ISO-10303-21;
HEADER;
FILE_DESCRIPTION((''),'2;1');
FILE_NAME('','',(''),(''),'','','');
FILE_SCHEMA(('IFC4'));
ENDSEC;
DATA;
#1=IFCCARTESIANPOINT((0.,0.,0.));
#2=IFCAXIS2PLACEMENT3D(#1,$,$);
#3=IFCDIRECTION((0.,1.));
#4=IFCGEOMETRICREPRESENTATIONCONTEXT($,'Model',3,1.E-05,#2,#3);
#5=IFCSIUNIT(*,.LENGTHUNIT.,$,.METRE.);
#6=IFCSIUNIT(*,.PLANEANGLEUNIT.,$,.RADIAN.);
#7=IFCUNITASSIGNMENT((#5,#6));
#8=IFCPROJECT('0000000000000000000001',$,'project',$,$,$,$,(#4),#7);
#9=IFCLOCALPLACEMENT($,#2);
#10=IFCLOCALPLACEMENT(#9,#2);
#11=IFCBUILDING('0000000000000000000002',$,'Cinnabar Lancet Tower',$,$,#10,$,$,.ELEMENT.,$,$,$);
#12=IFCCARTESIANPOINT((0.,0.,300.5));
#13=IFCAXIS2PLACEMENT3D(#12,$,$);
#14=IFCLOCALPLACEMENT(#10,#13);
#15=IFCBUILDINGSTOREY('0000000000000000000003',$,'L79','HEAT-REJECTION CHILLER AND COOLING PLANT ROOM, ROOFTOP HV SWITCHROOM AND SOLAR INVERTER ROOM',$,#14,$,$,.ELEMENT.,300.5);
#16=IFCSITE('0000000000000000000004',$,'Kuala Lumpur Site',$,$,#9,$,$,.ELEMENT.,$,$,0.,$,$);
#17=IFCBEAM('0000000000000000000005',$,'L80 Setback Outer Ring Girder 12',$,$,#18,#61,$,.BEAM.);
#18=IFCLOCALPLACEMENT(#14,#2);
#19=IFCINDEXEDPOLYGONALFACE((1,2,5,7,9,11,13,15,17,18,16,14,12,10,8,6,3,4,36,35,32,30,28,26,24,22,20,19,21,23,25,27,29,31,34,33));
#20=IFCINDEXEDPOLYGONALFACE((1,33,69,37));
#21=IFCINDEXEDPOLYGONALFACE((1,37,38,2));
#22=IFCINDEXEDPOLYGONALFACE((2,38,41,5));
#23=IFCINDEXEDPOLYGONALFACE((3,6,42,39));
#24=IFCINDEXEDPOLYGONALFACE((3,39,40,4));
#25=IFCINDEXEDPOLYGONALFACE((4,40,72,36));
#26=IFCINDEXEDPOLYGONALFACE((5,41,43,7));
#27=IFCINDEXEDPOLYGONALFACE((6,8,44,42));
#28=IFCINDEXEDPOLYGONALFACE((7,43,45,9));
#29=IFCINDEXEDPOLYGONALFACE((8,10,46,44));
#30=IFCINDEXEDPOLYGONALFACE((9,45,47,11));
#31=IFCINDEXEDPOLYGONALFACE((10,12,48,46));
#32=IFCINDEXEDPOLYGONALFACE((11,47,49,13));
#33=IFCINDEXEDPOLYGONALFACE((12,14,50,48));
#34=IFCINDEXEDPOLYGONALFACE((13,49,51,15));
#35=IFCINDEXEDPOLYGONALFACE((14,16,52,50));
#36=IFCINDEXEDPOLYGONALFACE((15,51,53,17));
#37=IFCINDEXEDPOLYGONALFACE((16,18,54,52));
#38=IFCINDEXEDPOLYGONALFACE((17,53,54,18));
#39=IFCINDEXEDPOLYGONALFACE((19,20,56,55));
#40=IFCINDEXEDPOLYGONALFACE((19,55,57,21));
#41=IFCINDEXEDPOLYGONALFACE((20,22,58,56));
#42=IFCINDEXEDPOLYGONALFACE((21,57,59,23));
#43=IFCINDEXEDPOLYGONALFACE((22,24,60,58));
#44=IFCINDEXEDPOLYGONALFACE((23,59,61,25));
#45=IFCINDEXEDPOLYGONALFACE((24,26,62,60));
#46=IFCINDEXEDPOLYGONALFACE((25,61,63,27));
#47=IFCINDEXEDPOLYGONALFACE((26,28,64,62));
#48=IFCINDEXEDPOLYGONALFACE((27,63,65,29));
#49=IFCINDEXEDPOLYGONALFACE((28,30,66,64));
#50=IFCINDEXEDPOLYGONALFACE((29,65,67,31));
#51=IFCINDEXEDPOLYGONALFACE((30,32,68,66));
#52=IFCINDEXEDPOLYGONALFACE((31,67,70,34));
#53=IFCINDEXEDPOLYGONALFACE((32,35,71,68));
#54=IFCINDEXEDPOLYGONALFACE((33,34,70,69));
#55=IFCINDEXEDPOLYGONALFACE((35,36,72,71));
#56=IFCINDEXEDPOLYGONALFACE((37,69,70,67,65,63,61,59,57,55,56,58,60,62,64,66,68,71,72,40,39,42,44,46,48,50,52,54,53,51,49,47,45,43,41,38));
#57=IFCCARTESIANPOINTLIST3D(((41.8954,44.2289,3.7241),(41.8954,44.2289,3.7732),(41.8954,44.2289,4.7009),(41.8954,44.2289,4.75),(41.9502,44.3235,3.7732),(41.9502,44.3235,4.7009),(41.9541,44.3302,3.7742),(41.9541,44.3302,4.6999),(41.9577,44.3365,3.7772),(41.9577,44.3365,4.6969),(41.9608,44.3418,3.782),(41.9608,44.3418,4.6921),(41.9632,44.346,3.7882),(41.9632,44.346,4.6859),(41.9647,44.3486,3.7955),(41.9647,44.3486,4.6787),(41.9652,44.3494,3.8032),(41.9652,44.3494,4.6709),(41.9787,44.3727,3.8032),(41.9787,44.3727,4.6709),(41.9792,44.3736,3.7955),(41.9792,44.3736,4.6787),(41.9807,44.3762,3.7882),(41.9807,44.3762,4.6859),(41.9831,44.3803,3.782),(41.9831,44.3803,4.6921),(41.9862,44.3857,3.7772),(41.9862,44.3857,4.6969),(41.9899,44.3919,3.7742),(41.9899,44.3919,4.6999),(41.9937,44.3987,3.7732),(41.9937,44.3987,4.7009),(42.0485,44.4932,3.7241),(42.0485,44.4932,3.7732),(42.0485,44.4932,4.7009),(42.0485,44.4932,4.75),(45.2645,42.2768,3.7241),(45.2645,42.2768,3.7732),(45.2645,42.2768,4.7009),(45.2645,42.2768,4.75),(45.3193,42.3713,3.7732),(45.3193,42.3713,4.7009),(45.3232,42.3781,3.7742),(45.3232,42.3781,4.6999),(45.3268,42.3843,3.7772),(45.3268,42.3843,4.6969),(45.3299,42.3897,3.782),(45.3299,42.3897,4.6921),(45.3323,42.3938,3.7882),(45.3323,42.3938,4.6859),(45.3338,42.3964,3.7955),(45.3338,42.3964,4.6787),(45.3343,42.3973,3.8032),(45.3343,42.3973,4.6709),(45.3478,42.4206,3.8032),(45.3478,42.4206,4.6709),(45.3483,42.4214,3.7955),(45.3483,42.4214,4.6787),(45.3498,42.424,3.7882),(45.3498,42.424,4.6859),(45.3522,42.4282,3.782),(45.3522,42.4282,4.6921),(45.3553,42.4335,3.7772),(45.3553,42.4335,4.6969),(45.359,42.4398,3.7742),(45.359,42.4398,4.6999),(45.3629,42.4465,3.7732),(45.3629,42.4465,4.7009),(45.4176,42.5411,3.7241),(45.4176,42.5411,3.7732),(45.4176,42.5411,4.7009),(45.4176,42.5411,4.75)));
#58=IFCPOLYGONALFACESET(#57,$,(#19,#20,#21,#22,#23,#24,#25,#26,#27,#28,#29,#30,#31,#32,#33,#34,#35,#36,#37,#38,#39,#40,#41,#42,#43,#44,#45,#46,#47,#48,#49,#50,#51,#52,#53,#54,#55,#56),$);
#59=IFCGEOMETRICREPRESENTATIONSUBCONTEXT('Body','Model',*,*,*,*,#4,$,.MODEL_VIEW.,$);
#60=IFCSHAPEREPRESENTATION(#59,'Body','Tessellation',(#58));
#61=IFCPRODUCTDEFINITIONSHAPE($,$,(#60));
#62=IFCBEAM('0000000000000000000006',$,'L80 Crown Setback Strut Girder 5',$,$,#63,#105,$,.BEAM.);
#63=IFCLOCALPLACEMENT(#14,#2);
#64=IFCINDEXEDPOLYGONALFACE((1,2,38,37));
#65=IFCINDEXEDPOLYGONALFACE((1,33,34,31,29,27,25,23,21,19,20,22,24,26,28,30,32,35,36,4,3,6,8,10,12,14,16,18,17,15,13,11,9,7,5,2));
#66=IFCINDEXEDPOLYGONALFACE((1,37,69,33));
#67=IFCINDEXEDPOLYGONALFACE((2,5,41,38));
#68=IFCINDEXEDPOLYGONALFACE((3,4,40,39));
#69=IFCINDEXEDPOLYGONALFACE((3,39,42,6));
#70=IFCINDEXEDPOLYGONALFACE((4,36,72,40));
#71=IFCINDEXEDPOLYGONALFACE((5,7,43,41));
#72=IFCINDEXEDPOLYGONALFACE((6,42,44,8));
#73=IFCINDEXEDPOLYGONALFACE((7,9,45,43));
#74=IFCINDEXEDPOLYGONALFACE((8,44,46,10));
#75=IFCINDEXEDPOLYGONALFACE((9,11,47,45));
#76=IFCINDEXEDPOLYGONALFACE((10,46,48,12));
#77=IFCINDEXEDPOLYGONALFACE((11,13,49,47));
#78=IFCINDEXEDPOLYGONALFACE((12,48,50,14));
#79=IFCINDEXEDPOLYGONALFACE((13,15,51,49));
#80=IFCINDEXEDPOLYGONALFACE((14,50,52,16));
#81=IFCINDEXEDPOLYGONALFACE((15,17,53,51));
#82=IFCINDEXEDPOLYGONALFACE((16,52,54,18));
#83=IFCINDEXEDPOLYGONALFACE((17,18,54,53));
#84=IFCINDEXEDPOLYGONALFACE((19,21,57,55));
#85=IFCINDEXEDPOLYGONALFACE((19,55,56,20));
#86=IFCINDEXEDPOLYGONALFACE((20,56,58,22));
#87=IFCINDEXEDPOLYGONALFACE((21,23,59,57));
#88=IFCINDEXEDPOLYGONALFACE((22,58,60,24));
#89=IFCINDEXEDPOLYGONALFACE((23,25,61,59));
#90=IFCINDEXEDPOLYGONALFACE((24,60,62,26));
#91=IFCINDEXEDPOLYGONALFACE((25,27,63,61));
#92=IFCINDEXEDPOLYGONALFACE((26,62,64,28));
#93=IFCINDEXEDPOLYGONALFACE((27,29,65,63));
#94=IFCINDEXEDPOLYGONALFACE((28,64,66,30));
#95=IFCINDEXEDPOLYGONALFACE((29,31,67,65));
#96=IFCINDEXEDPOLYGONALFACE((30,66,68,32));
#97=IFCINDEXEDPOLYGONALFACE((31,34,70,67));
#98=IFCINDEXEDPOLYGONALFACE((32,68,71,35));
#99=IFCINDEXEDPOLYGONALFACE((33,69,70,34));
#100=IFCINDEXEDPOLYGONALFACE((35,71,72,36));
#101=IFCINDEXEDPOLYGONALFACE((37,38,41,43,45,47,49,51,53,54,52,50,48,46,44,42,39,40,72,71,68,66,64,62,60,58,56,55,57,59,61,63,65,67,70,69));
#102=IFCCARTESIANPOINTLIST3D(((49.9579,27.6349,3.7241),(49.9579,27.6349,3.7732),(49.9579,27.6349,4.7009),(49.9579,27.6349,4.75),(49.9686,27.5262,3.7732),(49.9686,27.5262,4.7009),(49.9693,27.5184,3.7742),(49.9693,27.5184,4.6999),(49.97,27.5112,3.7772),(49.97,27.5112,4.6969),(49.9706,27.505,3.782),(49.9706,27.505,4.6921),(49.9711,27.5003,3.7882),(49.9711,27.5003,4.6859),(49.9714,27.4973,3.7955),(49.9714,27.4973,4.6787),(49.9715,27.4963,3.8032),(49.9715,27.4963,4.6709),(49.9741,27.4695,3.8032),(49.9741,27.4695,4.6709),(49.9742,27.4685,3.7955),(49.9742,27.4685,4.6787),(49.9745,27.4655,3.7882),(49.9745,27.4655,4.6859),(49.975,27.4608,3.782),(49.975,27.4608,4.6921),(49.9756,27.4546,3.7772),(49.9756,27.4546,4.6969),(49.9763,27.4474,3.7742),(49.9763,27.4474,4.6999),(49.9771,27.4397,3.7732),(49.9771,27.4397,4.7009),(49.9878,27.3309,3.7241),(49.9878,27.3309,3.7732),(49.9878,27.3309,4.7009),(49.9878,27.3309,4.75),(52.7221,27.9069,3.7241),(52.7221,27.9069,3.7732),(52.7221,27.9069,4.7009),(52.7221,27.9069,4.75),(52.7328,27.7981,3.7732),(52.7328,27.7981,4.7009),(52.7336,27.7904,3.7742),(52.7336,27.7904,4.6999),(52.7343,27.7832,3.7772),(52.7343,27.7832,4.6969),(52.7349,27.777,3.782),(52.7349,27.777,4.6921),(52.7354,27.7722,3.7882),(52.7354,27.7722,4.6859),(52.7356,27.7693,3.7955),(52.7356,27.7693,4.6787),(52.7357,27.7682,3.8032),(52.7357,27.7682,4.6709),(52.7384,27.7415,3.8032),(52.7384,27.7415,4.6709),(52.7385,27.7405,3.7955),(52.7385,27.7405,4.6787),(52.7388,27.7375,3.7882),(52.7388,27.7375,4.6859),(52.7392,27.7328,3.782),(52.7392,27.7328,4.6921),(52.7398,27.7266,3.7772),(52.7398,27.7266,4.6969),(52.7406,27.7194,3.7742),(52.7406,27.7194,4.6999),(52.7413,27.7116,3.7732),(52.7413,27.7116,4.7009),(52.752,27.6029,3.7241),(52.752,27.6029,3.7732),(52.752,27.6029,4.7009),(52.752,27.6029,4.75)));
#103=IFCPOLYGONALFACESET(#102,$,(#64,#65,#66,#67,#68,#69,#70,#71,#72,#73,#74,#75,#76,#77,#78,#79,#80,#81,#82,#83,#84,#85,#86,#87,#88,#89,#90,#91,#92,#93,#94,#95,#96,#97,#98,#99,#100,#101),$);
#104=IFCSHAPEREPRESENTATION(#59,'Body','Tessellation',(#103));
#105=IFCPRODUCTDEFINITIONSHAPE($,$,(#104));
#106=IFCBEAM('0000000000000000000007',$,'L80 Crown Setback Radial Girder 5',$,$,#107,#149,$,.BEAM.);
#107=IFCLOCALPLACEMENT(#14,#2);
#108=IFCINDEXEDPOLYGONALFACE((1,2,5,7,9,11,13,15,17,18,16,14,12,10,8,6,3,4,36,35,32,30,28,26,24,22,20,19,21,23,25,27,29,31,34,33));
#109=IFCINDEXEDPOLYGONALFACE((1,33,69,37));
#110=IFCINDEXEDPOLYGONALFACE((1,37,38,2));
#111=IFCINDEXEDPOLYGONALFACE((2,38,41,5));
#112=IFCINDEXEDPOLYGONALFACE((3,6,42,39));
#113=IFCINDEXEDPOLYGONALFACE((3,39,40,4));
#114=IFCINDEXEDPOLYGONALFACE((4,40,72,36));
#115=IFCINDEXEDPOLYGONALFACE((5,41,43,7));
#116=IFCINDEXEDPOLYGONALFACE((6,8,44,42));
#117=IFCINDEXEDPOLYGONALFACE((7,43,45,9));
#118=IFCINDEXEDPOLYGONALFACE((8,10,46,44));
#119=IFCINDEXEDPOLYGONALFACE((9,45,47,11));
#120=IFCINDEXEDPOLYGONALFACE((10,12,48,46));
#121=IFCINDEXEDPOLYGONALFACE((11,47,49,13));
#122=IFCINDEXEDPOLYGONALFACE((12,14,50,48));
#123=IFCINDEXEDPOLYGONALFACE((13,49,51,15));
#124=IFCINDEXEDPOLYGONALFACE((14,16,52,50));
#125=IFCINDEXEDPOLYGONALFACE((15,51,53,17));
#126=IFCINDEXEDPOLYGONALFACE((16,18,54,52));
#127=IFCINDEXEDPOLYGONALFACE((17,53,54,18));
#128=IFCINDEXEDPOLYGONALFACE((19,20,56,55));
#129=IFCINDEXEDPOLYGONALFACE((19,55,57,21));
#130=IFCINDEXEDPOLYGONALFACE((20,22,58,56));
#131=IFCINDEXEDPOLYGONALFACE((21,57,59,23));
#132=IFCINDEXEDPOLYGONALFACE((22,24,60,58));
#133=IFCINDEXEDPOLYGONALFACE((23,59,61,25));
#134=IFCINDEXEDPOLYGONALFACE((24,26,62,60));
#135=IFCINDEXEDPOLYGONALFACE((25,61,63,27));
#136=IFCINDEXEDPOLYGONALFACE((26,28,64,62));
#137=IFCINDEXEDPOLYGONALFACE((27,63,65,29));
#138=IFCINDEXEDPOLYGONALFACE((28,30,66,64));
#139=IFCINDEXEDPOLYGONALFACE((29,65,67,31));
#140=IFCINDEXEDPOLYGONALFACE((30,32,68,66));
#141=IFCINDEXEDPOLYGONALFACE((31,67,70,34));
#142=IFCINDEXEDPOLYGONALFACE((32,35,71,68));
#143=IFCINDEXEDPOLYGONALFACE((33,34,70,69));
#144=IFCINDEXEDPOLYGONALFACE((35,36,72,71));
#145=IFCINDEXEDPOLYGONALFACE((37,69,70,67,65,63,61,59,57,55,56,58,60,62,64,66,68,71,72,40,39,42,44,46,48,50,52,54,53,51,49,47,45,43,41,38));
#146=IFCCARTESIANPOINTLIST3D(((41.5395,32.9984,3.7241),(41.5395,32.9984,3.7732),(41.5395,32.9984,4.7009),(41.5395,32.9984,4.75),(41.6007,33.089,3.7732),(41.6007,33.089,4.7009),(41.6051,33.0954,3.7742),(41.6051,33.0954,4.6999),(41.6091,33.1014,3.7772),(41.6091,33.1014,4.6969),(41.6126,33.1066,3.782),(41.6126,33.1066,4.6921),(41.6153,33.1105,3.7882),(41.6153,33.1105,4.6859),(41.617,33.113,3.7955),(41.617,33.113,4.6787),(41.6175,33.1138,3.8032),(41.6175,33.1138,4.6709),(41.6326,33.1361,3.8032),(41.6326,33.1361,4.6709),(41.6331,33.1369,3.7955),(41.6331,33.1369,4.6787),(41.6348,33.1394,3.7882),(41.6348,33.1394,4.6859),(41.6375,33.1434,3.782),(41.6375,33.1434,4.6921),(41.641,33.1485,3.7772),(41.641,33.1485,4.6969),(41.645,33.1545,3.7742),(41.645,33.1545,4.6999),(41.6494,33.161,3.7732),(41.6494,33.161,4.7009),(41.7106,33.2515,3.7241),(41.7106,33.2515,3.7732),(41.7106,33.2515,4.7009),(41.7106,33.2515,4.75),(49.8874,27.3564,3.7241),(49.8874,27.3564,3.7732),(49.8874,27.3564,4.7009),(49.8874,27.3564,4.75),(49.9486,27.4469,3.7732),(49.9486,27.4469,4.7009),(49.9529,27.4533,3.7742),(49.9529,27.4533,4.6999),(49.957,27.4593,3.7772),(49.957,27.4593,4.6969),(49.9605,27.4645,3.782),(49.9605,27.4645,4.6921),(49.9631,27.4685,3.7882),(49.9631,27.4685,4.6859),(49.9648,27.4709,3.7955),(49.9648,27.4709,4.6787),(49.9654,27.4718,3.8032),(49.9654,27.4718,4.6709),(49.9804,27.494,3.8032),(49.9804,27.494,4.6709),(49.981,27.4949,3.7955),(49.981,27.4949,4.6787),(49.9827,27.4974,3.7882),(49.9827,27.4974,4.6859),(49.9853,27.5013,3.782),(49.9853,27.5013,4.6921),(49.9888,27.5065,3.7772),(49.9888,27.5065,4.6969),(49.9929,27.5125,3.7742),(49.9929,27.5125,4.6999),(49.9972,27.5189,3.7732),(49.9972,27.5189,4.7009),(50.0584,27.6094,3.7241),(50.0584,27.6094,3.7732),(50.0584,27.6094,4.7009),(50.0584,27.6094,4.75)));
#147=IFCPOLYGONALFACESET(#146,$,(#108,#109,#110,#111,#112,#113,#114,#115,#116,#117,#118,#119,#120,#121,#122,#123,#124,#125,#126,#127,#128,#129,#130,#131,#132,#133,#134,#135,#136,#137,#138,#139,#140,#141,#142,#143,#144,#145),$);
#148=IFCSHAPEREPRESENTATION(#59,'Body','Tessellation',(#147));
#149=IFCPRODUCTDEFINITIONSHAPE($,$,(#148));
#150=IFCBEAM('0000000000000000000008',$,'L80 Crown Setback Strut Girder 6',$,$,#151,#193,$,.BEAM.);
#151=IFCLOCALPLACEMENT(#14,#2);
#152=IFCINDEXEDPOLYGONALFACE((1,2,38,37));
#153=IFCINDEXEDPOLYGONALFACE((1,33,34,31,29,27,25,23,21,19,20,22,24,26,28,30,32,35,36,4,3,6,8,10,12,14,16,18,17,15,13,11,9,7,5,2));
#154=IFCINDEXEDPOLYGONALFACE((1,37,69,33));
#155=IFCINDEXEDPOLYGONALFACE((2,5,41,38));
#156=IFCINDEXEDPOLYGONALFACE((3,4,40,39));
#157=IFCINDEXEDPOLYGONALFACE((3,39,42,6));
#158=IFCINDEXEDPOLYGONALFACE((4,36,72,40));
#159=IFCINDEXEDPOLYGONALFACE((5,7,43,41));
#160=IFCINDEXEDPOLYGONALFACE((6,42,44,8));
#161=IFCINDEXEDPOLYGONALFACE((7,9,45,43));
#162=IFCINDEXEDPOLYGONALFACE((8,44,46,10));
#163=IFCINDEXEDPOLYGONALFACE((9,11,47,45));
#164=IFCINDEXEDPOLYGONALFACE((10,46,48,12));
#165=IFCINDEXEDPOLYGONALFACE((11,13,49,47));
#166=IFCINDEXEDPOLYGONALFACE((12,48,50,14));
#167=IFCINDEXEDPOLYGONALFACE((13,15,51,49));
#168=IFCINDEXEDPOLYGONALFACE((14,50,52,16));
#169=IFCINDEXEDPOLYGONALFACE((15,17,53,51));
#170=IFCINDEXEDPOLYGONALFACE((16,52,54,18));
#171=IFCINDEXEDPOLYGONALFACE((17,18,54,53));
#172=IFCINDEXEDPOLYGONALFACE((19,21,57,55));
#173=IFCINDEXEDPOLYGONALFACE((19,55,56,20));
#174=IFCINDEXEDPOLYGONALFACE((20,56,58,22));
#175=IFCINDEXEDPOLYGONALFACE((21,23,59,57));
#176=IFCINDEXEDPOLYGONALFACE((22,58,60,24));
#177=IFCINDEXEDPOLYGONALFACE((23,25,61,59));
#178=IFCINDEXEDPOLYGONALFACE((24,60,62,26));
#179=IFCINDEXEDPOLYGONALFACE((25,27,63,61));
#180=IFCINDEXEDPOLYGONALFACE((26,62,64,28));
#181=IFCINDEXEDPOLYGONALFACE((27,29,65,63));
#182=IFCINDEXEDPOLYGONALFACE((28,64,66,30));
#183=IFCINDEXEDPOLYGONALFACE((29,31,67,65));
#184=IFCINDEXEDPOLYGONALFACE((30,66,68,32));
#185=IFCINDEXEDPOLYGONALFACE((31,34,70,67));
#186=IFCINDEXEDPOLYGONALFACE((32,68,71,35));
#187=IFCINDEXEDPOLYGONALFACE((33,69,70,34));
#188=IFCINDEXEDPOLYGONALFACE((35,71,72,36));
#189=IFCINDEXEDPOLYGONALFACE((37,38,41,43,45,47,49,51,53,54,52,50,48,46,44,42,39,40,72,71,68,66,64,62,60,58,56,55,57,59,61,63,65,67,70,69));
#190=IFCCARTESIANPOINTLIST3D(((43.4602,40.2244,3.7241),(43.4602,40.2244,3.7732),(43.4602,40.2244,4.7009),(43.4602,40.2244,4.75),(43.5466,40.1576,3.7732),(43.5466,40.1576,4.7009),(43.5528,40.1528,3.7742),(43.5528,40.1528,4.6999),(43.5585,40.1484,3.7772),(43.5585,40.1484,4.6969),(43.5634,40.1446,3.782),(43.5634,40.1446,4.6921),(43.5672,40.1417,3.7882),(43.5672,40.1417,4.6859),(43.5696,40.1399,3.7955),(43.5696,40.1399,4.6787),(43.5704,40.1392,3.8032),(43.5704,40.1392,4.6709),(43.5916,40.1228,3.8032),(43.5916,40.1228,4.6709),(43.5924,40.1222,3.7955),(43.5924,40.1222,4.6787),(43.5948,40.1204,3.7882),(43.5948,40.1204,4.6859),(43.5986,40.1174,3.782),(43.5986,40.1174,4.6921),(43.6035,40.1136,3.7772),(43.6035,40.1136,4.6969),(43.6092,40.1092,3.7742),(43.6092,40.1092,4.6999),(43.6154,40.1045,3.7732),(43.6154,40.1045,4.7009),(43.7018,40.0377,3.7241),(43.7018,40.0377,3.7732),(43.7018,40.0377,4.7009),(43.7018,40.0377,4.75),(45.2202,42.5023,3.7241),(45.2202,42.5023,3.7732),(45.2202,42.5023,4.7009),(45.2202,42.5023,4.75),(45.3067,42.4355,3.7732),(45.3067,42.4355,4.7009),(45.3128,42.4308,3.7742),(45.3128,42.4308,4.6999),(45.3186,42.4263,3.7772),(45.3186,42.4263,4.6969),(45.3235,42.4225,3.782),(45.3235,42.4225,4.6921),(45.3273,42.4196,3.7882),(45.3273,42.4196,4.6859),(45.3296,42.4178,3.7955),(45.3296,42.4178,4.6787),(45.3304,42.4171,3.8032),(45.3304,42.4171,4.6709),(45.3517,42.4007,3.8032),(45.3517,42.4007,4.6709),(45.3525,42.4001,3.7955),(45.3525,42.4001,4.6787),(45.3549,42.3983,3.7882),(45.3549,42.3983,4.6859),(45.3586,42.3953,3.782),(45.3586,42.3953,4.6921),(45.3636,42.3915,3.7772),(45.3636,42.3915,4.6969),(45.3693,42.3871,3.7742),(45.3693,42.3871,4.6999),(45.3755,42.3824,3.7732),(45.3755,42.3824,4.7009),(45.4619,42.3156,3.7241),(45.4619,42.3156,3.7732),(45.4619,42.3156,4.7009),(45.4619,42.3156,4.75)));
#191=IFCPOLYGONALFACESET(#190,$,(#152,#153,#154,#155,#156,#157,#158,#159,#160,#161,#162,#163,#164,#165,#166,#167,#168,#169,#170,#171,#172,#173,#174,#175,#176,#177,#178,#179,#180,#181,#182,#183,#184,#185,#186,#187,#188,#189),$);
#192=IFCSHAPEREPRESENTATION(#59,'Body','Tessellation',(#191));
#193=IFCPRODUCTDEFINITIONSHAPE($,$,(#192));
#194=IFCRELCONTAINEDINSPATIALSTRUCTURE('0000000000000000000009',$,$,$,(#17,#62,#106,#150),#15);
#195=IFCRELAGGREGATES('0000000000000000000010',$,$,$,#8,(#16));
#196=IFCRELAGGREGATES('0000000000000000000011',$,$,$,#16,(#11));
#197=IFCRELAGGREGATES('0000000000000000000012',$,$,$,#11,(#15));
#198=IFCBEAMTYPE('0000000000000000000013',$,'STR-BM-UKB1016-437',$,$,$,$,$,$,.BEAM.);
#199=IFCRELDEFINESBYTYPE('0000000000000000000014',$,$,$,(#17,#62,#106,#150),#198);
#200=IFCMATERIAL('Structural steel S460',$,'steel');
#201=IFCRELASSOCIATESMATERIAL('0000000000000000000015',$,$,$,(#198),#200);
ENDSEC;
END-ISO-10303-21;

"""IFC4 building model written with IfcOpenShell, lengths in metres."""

from ifc_helpers import new_model, si_unit, direction, frame, origin, origin_2d, place, context, subcontext, project, spatial, i_section, extrude, material, material_profile, profile_set, type_object, element, save


model = new_model("IFC4")

# Units and contexts
model_context = context("Model", 3, precision=1e-05, world=origin(), true_north=direction((0.0, 1.0)))
body_context = subcontext(model_context, "Body", "Model", "MODEL_VIEW")
ifc_project = project(units=[si_unit("LENGTHUNIT", "METRE"), si_unit("PLANEANGLEUNIT", "RADIAN")], contexts=[model_context])

# Site, building, storey
site_placement = place(None, origin())
site = spatial("IfcSite", under=ifc_project, at=site_placement, Name="Kuala Lumpur Site", CompositionType="ELEMENT", RefElevation=0.0)
building_placement = place(site_placement, origin())
building = spatial("IfcBuilding", under=site, at=building_placement, Name="Cinnabar Lancet Tower", CompositionType="ELEMENT")
storey_placement = place(building_placement, frame((0.0, 0.0, 300.5)))
storey = spatial("IfcBuildingStorey", under=building, at=storey_placement, Name="L79", Description="HEAT-REJECTION CHILLER AND COOLING PLANT ROOM, ROOFTOP HV SWITCHROOM AND SOLAR INVERTER ROOM", CompositionType="ELEMENT", Elevation=300.5)

# Beams
ifc_material_1 = material(Name="Structural steel S460", Category="steel")
ifc_material_profile_1 = material_profile(ifc_material_1, i_section(OverallWidth=0.3054, OverallDepth=1.0259, WebThickness=0.0269, FlangeThickness=0.0491, FilletRadius=0.03, at=origin_2d()), Name="UKB 1016x305x437")
ifc_profile_set_1 = profile_set([ifc_material_profile_1], Name="Structural steel S460")
beam_type_1 = type_object("IfcBeamType", Name="STR-BM-UKB1016-437", PredefinedType="BEAM", material=ifc_profile_set_1)
beam_1_placement = place(storey_placement, frame((45.3411, 42.4089, 4.2371), z_axis=(-0.865249, 0.501343, 0.0), x_axis=(-0.501343, -0.865249, 0.0)))
element("IfcBeam", 1, at=beam_1_placement, inside=storey, type_object=beam_type_1, Name="L80 Setback Outer Ring Girder 12", PredefinedType="BEAM", context=body_context, shape_type="SweptSolid", body=[
    extrude(i_section(OverallWidth=0.3054, OverallDepth=1.0259, WebThickness=0.0269, FlangeThickness=0.0491, FilletRadius=0.03, at=origin_2d()), origin(), (0.0, 0.0, 1.0), 3.8938),
])
beam_2_placement = place(storey_placement, frame((52.7371, 27.7549, 4.2371), z_axis=(-0.995194, -0.09792, 0.0), x_axis=(0.09792, -0.995194, 0.0)))
element("IfcBeam", 2, at=beam_2_placement, inside=storey, type_object=beam_type_1, Name="L80 Crown Setback Strut Girder 5", PredefinedType="BEAM", context=body_context, shape_type="SweptSolid", body=[
    extrude(i_section(OverallWidth=0.3054, OverallDepth=1.0259, WebThickness=0.0269, FlangeThickness=0.0491, FilletRadius=0.03, at=origin_2d()), origin(), (0.0, 0.0, 1.0), 2.7776),
])
beam_3_placement = place(storey_placement, frame((49.9729, 27.4829, 4.2371), z_axis=(-0.828515, 0.559968, 0.0), x_axis=(-0.559968, -0.828515, 0.0)))
element("IfcBeam", 3, at=beam_3_placement, inside=storey, type_object=beam_type_1, Name="L80 Crown Setback Radial Girder 5", PredefinedType="BEAM", context=body_context, shape_type="SweptSolid", body=[
    extrude(i_section(OverallWidth=0.3054, OverallDepth=1.0259, WebThickness=0.0269, FlangeThickness=0.0491, FilletRadius=0.03, at=origin_2d()), origin(), (0.0, 0.0, 1.0), 10.0757),
])
beam_4_placement = place(storey_placement, frame((45.3411, 42.4089, 4.2371), z_axis=(-0.611419, -0.791307, 0.0), x_axis=(0.791307, -0.611419, 0.0)))
element("IfcBeam", 4, at=beam_4_placement, inside=storey, type_object=beam_type_1, Name="L80 Crown Setback Strut Girder 6", PredefinedType="BEAM", context=body_context, shape_type="SweptSolid", body=[
    extrude(i_section(OverallWidth=0.3054, OverallDepth=1.0259, WebThickness=0.0269, FlangeThickness=0.0491, FilletRadius=0.03, at=origin_2d()), origin(), (0.0, 0.0, 1.0), 2.8787),
])

save(model, "model.ifc")
